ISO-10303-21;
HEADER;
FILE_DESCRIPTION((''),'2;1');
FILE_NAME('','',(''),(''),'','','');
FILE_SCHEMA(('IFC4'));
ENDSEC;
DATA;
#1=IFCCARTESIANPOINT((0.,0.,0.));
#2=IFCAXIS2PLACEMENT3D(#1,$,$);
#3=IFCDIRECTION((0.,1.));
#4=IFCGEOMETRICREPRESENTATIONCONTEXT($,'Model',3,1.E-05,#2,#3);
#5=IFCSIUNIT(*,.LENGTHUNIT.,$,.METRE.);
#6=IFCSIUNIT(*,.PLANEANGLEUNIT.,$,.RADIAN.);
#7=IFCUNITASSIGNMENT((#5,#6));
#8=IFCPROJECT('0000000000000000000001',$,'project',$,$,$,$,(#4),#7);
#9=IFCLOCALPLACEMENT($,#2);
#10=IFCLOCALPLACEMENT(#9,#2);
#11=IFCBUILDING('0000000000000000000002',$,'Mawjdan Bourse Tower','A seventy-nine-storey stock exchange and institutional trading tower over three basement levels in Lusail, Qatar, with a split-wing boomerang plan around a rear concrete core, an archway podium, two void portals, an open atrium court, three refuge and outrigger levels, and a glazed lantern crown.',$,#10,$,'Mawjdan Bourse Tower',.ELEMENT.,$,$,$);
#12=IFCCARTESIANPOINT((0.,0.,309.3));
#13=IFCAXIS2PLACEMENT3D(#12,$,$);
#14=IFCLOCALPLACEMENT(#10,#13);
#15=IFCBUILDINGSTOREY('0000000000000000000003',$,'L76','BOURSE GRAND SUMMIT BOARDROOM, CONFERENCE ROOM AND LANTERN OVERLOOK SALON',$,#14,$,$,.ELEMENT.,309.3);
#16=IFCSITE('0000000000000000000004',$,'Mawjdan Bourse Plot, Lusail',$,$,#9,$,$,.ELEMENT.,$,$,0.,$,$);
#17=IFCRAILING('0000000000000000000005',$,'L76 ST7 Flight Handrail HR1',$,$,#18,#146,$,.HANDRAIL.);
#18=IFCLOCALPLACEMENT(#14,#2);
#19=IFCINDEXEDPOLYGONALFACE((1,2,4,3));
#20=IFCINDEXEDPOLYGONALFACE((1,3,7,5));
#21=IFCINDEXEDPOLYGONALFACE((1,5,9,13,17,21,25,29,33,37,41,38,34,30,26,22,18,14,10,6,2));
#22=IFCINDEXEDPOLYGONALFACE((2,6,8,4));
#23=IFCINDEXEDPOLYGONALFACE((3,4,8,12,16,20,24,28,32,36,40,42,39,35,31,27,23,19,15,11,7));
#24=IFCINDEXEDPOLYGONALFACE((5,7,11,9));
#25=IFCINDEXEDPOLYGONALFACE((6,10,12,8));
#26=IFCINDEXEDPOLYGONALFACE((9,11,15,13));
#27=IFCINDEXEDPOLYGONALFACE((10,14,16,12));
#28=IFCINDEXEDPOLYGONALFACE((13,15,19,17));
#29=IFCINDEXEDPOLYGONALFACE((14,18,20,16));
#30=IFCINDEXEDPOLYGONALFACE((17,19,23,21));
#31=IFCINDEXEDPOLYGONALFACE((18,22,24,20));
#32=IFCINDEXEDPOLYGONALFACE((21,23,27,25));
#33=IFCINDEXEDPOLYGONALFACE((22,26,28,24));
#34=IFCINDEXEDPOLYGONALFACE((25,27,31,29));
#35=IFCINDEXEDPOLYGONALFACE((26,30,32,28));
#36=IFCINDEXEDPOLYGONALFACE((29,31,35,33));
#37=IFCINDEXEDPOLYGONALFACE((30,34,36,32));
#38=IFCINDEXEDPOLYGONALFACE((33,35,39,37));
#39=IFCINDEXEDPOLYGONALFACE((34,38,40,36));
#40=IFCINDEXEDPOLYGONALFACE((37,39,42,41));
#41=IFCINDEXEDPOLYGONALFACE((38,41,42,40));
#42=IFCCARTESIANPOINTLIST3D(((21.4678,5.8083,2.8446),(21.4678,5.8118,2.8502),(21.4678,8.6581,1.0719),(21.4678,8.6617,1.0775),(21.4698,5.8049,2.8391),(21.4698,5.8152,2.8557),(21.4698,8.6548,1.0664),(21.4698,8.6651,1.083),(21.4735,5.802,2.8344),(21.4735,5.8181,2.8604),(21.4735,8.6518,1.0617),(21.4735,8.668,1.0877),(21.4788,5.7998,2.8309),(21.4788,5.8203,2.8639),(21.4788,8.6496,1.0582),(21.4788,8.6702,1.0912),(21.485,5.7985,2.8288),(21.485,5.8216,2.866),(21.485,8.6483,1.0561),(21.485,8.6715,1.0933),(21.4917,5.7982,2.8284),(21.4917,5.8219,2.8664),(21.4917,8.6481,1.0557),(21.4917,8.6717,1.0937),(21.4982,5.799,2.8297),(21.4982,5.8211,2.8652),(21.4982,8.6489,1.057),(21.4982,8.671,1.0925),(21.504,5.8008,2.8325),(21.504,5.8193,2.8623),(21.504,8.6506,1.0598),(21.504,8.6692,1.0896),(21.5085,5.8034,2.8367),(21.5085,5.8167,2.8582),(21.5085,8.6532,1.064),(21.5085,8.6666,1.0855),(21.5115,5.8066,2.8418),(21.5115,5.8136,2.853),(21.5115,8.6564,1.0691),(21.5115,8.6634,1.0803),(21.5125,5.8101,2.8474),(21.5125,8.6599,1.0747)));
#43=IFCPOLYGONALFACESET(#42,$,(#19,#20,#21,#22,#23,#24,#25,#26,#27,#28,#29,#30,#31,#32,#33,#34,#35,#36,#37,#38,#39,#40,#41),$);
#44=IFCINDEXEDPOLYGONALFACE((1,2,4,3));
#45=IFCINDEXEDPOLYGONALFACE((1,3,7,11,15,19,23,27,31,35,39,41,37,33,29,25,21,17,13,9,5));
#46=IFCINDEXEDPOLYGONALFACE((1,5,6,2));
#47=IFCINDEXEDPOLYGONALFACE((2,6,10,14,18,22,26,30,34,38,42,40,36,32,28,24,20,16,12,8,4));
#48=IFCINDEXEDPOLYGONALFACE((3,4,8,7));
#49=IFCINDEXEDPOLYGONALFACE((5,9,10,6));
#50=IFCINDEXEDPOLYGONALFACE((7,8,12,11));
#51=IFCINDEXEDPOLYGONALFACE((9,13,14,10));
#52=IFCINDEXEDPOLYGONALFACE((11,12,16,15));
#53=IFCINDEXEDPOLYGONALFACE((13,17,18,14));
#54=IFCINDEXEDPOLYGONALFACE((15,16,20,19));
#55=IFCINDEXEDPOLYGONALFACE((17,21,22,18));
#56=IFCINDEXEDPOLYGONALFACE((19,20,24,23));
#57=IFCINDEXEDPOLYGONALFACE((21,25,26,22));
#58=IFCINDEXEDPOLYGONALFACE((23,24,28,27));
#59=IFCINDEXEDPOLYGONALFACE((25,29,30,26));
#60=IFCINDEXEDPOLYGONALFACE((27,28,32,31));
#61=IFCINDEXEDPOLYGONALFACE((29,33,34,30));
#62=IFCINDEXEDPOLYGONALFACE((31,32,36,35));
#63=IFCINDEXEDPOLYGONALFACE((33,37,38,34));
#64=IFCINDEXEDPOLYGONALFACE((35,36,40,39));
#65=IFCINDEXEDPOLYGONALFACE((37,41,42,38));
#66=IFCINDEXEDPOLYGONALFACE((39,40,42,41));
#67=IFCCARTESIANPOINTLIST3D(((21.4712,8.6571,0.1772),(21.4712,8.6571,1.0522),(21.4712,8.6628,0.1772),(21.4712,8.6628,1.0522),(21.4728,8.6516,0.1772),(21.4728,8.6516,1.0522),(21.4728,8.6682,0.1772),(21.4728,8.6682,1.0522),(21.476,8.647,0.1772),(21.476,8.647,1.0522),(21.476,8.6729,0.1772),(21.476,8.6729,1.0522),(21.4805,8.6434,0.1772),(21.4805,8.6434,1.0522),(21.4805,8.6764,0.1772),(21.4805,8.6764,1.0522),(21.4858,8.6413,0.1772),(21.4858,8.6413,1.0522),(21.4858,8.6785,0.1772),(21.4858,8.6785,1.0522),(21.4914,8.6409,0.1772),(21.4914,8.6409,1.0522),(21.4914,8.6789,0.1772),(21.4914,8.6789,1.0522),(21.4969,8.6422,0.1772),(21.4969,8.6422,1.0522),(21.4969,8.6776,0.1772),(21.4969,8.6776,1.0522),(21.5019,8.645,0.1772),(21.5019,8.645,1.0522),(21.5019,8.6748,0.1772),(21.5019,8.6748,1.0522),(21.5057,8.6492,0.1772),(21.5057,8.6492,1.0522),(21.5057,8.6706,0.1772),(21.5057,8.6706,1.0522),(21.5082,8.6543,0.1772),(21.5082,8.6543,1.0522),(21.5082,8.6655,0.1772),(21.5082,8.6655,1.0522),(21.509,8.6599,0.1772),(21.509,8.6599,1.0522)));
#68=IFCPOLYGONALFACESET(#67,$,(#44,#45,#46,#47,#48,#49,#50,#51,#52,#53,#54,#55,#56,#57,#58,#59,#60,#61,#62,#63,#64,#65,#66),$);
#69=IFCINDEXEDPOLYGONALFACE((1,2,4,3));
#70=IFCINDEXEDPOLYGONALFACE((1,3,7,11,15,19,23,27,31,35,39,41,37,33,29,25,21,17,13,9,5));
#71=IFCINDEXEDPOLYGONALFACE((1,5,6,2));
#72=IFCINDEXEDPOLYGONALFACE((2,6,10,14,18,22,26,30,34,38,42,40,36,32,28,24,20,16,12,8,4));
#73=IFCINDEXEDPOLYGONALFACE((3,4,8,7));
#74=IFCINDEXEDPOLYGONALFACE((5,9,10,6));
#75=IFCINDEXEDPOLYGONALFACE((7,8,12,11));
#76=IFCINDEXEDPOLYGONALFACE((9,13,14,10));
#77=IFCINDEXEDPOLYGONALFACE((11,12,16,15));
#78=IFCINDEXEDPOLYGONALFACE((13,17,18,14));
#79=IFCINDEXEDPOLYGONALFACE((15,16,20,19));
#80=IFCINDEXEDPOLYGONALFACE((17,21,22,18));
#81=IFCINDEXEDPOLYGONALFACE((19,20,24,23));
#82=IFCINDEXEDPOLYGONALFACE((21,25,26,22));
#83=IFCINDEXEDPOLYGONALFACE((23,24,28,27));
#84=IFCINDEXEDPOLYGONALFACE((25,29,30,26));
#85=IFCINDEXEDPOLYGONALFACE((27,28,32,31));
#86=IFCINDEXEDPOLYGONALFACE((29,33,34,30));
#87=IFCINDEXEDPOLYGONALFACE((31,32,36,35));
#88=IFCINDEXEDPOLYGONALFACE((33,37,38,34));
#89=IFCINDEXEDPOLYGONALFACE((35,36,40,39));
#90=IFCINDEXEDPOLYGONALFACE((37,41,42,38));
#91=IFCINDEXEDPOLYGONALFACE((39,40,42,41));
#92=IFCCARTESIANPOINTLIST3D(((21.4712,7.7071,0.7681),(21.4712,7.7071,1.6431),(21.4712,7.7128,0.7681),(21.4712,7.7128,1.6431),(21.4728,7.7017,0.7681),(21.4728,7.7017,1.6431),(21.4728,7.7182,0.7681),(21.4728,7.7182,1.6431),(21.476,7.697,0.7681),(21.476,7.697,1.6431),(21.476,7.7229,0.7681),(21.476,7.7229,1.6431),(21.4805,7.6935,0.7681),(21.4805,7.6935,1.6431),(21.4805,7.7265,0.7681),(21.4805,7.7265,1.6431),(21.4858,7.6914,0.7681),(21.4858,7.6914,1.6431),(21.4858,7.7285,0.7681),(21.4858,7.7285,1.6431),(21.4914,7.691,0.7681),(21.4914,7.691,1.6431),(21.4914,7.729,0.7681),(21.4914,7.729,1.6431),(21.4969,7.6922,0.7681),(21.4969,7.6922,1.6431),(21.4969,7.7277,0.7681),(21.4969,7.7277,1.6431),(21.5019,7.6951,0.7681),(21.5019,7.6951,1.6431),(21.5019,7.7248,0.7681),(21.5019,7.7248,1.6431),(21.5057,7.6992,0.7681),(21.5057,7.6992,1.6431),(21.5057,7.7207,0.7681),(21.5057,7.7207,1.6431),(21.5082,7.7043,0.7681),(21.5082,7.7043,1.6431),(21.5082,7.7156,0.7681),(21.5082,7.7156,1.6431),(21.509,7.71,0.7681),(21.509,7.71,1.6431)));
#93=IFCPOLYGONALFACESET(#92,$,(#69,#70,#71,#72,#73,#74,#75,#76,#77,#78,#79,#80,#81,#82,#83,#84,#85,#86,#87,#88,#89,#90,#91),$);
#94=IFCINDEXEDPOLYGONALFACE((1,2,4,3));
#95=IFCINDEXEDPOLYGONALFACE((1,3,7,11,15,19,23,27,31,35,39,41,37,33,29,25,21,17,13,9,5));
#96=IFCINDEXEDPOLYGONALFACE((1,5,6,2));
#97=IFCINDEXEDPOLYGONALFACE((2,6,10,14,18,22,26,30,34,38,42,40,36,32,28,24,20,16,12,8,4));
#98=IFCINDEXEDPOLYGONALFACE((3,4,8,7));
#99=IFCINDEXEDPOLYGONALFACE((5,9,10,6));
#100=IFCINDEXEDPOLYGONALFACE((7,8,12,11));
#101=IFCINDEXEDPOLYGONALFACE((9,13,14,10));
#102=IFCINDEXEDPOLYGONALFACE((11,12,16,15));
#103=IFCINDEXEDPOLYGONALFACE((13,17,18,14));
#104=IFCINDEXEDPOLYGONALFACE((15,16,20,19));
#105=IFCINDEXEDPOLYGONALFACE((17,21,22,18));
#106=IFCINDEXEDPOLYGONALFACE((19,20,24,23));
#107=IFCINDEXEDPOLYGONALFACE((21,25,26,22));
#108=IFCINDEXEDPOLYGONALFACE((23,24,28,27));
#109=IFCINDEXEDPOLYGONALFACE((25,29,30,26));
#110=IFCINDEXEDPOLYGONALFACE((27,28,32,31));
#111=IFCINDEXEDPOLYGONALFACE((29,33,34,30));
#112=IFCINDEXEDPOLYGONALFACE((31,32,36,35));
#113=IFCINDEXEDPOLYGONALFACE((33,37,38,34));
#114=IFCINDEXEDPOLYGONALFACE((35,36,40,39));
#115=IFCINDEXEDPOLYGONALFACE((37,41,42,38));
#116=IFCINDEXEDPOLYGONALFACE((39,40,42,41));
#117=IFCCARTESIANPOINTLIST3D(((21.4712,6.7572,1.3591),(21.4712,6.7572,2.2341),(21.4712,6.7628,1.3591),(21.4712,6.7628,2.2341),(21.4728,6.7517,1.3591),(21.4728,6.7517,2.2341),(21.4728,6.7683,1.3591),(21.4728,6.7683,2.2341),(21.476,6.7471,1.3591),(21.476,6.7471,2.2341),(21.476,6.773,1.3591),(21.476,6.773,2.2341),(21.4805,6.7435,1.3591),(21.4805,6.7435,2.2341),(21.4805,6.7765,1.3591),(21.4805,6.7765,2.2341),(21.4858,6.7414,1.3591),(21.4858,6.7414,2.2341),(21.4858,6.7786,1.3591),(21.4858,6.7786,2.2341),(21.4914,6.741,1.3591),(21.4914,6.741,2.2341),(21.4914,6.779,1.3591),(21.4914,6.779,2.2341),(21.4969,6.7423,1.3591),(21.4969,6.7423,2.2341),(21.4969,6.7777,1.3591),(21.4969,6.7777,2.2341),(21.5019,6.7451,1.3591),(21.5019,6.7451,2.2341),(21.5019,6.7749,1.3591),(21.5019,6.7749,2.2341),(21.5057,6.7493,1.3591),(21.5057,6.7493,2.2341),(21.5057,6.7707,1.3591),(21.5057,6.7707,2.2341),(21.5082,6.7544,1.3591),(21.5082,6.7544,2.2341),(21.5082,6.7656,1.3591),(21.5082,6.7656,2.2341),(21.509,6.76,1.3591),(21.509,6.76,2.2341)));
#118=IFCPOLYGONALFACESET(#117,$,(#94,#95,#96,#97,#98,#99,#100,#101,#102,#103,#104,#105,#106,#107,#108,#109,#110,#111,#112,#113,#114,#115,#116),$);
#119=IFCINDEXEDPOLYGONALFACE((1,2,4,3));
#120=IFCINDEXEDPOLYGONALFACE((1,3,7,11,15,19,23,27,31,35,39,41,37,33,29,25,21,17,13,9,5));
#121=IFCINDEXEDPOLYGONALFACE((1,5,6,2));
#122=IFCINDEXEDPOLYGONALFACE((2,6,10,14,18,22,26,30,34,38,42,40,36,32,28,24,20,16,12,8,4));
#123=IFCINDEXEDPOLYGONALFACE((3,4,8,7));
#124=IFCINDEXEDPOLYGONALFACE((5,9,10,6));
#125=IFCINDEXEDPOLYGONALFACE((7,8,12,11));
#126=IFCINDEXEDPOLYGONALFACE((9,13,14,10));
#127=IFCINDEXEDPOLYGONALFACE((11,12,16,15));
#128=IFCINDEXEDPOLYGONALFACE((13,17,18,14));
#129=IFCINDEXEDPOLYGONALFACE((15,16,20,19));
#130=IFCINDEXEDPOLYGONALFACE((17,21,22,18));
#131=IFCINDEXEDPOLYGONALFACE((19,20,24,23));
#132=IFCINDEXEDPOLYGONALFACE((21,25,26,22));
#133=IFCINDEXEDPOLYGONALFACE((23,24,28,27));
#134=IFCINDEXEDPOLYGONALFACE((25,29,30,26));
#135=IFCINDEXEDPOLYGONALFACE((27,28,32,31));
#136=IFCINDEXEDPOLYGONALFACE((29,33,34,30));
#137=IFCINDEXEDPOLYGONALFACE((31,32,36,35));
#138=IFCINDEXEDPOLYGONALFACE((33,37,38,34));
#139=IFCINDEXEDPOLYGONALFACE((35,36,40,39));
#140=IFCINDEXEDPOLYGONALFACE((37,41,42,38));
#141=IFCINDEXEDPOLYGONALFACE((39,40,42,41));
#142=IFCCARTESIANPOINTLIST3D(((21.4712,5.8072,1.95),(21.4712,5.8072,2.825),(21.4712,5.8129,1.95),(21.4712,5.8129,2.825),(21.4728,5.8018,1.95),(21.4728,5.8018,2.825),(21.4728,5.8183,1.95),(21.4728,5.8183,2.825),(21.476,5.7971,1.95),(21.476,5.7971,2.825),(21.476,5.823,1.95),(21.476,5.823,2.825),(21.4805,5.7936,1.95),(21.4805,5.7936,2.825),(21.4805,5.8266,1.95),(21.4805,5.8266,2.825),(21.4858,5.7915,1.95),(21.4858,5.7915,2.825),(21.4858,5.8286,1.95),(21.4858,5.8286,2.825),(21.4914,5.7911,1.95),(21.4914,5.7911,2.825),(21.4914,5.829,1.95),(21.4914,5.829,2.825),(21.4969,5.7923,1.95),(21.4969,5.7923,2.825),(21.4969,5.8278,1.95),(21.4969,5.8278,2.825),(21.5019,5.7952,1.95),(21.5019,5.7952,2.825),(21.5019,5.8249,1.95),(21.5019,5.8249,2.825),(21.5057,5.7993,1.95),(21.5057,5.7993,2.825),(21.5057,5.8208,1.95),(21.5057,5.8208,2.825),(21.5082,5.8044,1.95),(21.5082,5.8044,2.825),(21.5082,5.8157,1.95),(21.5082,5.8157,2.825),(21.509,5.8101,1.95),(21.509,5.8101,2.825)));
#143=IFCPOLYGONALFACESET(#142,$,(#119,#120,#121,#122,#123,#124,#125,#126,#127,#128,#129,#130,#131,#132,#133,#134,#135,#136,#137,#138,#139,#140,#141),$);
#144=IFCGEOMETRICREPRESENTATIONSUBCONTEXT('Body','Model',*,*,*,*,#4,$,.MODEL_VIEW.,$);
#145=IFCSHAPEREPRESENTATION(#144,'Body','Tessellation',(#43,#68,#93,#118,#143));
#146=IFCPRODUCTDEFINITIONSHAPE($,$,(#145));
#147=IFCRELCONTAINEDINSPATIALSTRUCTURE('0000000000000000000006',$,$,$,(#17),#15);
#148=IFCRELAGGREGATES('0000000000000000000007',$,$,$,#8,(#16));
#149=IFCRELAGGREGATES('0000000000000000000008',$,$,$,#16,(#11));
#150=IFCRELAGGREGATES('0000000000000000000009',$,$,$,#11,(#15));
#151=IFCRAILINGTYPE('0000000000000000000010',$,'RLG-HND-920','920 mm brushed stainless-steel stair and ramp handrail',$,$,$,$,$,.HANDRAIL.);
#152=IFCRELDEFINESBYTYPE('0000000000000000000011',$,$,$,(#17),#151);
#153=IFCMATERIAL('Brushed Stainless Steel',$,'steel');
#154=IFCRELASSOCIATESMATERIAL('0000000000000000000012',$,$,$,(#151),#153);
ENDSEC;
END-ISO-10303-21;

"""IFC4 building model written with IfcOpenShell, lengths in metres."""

from ifc_helpers import new_model, si_unit, direction, frame, origin, origin_2d, place, context, subcontext, project, spatial, circle, extrude, material, type_object, element, save


model = new_model("IFC4")

# Units and contexts
model_context = context("Model", 3, precision=1e-05, world=origin(), true_north=direction((0.0, 1.0)))
body_context = subcontext(model_context, "Body", "Model", "MODEL_VIEW")
ifc_project = project(units=[si_unit("LENGTHUNIT", "METRE"), si_unit("PLANEANGLEUNIT", "RADIAN")], contexts=[model_context])

# Site, building, storey
site_placement = place(None, origin())
site = spatial("IfcSite", under=ifc_project, at=site_placement, Name="Mawjdan Bourse Plot, Lusail", CompositionType="ELEMENT", RefElevation=0.0)
building_placement = place(site_placement, origin())
building = spatial("IfcBuilding", under=site, at=building_placement, Name="Mawjdan Bourse Tower", Description="A seventy-nine-storey stock exchange and institutional trading tower over three basement levels in Lusail, Qatar, with a split-wing boomerang plan around a rear concrete core, an archway podium, two void portals, an open atrium court, three refuge and outrigger levels, and a glazed lantern crown.", LongName="Mawjdan Bourse Tower", CompositionType="ELEMENT")
storey_placement = place(building_placement, frame((0.0, 0.0, 309.3)))
storey = spatial("IfcBuildingStorey", under=building, at=storey_placement, Name="L76", Description="BOURSE GRAND SUMMIT BOARDROOM, CONFERENCE ROOM AND LANTERN OVERLOOK SALON", CompositionType="ELEMENT", Elevation=309.3)

# Railing
ifc_material_1 = material(Name="Brushed Stainless Steel", Category="steel")
railing_type_1 = type_object("IfcRailingType", Name="RLG-HND-920", Description="920 mm brushed stainless-steel stair and ramp handrail", PredefinedType="HANDRAIL", material=ifc_material_1)
railing_1_placement = place(storey_placement, frame((21.49, 8.6599, 0.1772)))
element("IfcRailing", 1, at=railing_1_placement, inside=storey, type_object=railing_type_1, Name="L76 ST7 Flight Handrail HR1", PredefinedType="HANDRAIL", context=body_context, shape_type="SweptSolid", body=[
    extrude(circle(Radius=0.0225, at=origin_2d()), frame((0.0, 0.0, 0.8975), z_axis=(0.0, -0.849128, 0.528187), x_axis=(1.0, 0.0, 0.0)), (0.0, 0.0, 1.0), 3.3562),
    extrude(circle(Radius=0.019, at=origin_2d()), origin(), (0.0, 0.0, 1.0), 0.875),
    extrude(circle(Radius=0.019, at=origin_2d()), frame((0.0, -0.95, 0.5908)), (0.0, 0.0, 1.0), 0.875),
    extrude(circle(Radius=0.019, at=origin_2d()), frame((0.0, -1.8999, 1.1819)), (0.0, 0.0, 1.0), 0.875),
    extrude(circle(Radius=0.019, at=origin_2d()), frame((0.0, -2.8499, 1.7727)), (0.0, 0.0, 1.0), 0.875),
])

save(model, "model.ifc")
